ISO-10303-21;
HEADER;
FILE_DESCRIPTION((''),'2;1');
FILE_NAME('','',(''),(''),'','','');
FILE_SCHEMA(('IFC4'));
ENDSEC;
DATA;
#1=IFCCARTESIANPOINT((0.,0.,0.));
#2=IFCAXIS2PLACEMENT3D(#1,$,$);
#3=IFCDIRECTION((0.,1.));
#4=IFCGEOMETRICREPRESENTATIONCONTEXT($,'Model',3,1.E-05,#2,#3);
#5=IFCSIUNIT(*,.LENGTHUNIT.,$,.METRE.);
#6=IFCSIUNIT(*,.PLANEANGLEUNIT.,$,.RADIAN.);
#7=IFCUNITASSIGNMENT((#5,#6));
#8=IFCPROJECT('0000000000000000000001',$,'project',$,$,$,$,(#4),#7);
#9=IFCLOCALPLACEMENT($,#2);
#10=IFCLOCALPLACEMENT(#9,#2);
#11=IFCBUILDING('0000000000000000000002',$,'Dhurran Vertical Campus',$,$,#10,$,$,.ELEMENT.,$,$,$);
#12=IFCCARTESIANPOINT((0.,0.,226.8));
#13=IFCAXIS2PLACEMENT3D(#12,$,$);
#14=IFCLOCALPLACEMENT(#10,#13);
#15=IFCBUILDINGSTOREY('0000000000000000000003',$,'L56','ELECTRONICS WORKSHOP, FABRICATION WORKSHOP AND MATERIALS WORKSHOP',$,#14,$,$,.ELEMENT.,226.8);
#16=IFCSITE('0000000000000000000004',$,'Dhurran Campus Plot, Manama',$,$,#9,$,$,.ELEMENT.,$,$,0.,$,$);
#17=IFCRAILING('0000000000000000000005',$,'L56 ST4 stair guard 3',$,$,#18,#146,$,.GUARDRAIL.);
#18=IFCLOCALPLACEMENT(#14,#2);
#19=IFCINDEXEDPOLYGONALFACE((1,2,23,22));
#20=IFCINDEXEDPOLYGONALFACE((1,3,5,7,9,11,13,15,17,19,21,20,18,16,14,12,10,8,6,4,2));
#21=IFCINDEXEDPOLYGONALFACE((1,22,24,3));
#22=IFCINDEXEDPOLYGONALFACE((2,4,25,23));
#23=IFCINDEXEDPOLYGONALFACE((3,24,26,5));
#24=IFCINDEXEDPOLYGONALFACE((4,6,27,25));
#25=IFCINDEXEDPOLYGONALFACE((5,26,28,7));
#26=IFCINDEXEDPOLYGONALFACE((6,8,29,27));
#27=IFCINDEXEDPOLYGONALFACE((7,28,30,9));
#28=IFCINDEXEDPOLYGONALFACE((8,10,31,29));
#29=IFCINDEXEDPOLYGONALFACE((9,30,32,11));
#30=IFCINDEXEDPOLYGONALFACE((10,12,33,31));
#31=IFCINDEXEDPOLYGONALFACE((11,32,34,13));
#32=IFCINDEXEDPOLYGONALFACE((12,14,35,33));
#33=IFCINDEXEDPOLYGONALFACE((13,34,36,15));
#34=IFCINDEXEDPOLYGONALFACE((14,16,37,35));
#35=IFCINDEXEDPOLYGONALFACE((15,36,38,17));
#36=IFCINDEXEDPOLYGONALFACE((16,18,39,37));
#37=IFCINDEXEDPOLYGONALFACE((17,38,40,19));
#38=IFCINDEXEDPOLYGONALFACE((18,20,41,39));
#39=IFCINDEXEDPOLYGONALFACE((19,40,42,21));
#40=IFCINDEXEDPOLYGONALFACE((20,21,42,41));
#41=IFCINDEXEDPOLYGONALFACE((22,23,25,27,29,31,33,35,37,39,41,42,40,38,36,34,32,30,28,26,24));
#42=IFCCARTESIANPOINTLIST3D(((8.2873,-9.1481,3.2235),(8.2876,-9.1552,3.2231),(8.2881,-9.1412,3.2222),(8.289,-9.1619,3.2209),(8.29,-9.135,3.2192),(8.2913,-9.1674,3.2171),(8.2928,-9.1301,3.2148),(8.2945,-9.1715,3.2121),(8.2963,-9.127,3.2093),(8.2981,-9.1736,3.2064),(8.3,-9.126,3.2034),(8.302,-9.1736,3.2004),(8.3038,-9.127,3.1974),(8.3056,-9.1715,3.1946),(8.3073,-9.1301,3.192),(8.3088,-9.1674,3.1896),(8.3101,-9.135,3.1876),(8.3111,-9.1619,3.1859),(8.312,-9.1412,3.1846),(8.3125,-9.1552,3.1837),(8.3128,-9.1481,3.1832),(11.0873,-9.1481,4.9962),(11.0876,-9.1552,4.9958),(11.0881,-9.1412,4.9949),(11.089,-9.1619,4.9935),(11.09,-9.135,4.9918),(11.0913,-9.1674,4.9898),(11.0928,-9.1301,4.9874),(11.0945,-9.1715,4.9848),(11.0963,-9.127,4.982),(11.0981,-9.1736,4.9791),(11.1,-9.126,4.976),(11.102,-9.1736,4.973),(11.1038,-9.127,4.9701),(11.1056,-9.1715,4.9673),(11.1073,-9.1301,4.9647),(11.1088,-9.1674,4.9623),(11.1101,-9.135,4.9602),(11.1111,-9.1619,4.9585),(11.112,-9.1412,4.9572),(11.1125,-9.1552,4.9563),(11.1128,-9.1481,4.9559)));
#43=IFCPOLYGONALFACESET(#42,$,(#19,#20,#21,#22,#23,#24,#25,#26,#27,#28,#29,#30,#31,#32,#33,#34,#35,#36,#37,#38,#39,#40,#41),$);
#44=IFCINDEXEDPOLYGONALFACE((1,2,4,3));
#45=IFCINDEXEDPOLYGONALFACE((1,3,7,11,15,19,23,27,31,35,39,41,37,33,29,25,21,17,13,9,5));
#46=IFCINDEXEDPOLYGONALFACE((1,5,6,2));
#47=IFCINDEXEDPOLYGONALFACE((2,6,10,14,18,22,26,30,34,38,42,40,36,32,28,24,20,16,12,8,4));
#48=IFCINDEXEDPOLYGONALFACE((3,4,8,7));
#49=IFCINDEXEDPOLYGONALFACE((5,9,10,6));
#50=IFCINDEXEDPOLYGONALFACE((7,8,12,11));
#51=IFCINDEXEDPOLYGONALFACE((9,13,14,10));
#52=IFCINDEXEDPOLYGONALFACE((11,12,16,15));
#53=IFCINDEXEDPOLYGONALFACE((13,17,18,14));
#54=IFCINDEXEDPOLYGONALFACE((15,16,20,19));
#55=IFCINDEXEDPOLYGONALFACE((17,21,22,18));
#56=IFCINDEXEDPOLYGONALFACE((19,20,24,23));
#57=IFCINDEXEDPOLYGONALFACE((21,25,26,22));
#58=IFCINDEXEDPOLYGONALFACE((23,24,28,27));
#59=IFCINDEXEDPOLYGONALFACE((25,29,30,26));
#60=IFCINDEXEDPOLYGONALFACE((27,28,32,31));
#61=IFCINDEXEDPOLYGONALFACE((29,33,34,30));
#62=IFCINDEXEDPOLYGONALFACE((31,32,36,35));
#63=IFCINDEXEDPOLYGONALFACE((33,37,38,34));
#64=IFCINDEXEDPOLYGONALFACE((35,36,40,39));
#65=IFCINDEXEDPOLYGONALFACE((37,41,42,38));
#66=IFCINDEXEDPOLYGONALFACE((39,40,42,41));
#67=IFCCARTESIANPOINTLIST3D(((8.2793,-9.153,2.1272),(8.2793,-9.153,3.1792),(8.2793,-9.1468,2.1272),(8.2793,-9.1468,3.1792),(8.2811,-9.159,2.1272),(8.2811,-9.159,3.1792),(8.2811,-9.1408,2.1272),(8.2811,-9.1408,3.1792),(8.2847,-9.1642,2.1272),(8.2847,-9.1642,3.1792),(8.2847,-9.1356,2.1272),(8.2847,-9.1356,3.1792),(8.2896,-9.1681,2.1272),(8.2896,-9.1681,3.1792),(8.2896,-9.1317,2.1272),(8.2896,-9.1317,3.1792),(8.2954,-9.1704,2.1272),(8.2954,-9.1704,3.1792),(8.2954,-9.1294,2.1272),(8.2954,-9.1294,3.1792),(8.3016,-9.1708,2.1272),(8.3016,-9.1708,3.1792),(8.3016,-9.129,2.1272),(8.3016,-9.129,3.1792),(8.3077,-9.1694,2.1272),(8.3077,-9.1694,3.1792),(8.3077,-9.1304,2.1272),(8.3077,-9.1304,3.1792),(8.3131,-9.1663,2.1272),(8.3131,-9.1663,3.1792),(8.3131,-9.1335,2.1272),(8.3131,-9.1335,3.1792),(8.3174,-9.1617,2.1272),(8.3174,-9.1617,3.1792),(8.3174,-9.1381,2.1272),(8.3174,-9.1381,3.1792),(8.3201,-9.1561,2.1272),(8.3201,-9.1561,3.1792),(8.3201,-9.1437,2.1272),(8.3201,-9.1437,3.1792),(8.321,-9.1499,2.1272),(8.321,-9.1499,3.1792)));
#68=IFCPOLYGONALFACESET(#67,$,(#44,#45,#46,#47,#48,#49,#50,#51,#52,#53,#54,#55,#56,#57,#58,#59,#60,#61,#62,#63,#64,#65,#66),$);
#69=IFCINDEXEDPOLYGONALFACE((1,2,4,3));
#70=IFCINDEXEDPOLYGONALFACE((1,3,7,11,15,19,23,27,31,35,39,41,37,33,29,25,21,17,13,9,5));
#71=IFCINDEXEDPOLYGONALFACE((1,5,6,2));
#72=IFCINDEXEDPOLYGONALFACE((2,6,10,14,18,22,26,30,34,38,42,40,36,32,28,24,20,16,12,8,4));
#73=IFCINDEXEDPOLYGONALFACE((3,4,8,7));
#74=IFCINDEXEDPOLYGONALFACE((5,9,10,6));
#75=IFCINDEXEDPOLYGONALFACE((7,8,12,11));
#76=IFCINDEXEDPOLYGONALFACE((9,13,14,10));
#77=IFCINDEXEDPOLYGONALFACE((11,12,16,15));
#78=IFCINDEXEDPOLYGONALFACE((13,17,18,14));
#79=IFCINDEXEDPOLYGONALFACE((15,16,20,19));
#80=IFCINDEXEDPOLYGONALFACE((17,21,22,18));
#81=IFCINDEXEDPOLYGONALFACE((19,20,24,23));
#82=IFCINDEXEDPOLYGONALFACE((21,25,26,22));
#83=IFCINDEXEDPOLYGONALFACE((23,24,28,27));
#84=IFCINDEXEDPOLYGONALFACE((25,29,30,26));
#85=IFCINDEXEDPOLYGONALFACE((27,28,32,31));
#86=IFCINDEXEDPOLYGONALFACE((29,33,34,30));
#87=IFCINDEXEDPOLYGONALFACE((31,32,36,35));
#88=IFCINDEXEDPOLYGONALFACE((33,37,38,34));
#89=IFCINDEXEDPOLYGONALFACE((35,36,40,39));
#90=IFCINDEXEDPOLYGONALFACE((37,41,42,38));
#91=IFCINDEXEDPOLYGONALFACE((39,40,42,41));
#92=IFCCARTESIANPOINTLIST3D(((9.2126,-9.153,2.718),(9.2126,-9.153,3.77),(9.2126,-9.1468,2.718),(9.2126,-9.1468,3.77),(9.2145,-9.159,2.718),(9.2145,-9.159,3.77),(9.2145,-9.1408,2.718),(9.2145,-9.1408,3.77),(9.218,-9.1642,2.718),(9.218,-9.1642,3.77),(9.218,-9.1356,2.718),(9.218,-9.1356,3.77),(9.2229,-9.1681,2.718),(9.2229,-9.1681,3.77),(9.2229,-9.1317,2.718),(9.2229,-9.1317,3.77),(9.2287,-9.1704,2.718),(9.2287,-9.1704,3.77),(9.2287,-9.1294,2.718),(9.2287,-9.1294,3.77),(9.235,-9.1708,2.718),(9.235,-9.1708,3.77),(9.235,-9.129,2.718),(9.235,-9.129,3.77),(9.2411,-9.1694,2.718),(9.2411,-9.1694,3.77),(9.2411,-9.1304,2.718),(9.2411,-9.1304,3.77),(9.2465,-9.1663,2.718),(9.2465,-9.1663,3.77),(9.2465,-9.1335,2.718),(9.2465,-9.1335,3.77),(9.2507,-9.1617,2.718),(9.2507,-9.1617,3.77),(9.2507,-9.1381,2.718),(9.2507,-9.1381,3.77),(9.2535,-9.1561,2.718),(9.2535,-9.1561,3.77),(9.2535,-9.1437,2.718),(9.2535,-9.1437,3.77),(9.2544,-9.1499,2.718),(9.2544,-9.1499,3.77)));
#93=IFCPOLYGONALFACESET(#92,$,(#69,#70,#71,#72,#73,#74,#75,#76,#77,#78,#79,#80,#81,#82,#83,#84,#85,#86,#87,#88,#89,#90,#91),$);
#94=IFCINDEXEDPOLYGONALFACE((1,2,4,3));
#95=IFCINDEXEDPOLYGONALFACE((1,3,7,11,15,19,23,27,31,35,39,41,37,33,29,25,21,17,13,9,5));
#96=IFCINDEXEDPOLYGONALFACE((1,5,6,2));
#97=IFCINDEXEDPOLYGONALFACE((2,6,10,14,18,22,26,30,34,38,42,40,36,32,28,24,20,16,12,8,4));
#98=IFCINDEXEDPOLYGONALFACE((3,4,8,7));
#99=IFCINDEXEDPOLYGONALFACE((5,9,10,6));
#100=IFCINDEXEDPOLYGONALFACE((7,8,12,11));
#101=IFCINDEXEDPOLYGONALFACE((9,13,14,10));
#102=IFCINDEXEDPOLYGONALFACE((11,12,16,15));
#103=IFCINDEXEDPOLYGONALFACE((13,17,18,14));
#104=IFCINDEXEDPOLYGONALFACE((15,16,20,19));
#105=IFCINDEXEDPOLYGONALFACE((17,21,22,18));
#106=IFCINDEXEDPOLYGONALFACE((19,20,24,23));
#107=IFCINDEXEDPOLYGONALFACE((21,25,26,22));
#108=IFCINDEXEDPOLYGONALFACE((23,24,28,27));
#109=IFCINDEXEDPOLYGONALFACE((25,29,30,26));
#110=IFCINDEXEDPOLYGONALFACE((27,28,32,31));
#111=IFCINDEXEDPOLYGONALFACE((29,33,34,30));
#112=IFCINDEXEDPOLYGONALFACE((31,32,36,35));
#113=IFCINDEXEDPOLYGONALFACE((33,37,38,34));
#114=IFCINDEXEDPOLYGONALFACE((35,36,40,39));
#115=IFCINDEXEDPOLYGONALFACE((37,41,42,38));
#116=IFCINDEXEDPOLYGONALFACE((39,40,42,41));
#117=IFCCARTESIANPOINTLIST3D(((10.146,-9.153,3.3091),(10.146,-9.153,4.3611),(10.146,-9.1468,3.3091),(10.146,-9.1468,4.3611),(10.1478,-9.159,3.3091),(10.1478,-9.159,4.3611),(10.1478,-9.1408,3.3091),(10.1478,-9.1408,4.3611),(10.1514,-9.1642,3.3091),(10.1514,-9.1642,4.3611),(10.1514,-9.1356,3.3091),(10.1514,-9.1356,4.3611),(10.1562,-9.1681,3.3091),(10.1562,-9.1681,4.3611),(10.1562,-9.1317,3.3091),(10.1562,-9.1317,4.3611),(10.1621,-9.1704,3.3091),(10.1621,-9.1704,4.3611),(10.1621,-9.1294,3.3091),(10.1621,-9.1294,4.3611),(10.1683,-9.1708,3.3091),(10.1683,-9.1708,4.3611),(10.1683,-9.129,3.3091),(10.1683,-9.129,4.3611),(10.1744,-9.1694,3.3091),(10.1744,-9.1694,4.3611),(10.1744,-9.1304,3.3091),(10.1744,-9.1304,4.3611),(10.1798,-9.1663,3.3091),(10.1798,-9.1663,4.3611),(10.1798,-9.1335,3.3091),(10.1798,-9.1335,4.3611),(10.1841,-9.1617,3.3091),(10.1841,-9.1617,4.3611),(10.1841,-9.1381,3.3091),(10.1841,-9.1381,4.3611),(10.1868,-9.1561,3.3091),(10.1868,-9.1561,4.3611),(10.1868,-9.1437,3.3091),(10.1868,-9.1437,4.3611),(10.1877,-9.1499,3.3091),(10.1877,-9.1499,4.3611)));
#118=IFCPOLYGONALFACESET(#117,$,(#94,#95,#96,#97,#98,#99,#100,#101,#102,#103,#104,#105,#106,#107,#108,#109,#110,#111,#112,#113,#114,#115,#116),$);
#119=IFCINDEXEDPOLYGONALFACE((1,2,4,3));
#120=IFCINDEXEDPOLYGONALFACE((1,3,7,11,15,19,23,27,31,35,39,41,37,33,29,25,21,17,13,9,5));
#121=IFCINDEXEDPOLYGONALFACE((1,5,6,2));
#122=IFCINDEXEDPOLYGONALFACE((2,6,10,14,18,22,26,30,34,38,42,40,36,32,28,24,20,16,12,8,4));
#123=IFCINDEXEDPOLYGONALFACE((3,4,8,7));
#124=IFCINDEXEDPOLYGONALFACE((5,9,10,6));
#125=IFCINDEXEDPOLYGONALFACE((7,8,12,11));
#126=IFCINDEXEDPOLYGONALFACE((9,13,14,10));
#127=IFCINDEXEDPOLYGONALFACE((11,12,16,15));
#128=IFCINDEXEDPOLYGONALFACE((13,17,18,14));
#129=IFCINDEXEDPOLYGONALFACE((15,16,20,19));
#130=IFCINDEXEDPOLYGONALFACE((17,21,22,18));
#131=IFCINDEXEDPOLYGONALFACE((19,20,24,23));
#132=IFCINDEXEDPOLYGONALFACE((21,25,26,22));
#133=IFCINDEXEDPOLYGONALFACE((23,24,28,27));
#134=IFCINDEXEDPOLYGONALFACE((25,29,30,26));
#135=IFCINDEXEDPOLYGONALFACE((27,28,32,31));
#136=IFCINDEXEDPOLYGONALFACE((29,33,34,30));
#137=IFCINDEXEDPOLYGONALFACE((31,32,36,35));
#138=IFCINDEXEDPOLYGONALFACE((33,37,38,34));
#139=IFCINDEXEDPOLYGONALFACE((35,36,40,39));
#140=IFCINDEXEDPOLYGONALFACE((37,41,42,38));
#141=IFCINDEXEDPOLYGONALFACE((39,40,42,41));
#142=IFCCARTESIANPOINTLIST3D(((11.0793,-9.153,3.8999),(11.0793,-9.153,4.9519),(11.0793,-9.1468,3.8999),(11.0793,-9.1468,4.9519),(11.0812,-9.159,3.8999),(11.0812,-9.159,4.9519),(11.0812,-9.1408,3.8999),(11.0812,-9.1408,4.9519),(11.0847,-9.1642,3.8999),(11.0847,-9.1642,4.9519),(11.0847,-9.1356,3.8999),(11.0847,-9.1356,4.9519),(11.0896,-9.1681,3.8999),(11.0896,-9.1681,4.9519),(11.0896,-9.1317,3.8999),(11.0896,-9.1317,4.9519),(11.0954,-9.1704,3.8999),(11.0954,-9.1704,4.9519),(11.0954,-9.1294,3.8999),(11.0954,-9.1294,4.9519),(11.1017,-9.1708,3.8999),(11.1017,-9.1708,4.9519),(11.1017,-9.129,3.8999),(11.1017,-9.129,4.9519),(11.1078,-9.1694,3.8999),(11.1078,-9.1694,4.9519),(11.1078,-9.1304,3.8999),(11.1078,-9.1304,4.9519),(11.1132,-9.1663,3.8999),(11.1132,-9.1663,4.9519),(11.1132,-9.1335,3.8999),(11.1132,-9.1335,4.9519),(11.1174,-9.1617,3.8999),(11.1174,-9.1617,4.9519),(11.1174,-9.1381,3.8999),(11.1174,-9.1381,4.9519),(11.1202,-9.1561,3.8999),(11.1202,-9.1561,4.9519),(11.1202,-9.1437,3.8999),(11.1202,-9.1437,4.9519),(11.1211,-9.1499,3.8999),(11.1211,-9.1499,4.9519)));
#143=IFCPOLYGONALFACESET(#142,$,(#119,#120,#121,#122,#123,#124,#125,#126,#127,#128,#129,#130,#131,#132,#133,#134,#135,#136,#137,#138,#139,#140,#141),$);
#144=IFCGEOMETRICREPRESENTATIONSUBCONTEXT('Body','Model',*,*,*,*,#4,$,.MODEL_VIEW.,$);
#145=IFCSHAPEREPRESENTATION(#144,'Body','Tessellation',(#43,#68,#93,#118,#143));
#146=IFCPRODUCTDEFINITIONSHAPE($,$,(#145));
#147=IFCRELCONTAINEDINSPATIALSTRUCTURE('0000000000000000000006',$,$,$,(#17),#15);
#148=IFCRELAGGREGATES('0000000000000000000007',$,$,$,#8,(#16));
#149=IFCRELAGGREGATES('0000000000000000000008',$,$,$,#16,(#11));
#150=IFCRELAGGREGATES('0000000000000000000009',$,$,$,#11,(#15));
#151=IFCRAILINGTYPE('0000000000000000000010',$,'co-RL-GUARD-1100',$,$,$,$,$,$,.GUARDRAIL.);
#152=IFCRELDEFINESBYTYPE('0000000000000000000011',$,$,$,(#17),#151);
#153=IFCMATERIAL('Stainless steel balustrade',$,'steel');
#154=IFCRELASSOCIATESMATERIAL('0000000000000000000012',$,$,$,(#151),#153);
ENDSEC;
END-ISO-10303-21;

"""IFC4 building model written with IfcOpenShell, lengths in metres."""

from ifc_helpers import new_model, si_unit, direction, frame, origin, origin_2d, place, context, subcontext, project, spatial, circle, extrude, material, type_object, element, save


model = new_model("IFC4")

# Units and contexts
model_context = context("Model", 3, precision=1e-05, world=origin(), true_north=direction((0.0, 1.0)))
body_context = subcontext(model_context, "Body", "Model", "MODEL_VIEW")
ifc_project = project(units=[si_unit("LENGTHUNIT", "METRE"), si_unit("PLANEANGLEUNIT", "RADIAN")], contexts=[model_context])

# Site, building, storey
site_placement = place(None, origin())
site = spatial("IfcSite", under=ifc_project, at=site_placement, Name="Dhurran Campus Plot, Manama", CompositionType="ELEMENT", RefElevation=0.0)
building_placement = place(site_placement, origin())
building = spatial("IfcBuilding", under=site, at=building_placement, Name="Dhurran Vertical Campus", CompositionType="ELEMENT")
storey_placement = place(building_placement, frame((0.0, 0.0, 226.8)))
storey = spatial("IfcBuildingStorey", under=building, at=storey_placement, Name="L56", Description="ELECTRONICS WORKSHOP, FABRICATION WORKSHOP AND MATERIALS WORKSHOP", CompositionType="ELEMENT", Elevation=226.8)

# Railing
ifc_material_1 = material(Name="Stainless steel balustrade", Category="steel")
railing_type_1 = type_object("IfcRailingType", Name="co-RL-GUARD-1100", PredefinedType="GUARDRAIL", material=ifc_material_1)
railing_1_placement = place(storey_placement, frame((8.3, -9.1499, 2.1272)))
element("IfcRailing", 1, at=railing_1_placement, inside=storey, type_object=railing_type_1, Name="L56 ST4 stair guard 3", PredefinedType="GUARDRAIL", context=body_context, shape_type="SweptSolid", body=[
    extrude(circle(Radius=0.0239, at=origin_2d()), frame((0.0, 0.0, 1.0762), z_axis=(0.844909, 0.0, 0.53491), x_axis=(0.0, 1.0, 0.0)), (0.0, 0.0, 1.0), 3.314),
    extrude(circle(Radius=0.021, at=origin_2d()), origin(), (0.0, 0.0, 1.0), 1.052),
    extrude(circle(Radius=0.021, at=origin_2d()), frame((0.9333, 0.0, 0.5908)), (0.0, 0.0, 1.0), 1.052),
    extrude(circle(Radius=0.021, at=origin_2d()), frame((1.8667, 0.0, 1.1819)), (0.0, 0.0, 1.0), 1.052),
    extrude(circle(Radius=0.021, at=origin_2d()), frame((2.8, 0.0, 1.7727)), (0.0, 0.0, 1.0), 1.052),
])

save(model, "model.ifc")
